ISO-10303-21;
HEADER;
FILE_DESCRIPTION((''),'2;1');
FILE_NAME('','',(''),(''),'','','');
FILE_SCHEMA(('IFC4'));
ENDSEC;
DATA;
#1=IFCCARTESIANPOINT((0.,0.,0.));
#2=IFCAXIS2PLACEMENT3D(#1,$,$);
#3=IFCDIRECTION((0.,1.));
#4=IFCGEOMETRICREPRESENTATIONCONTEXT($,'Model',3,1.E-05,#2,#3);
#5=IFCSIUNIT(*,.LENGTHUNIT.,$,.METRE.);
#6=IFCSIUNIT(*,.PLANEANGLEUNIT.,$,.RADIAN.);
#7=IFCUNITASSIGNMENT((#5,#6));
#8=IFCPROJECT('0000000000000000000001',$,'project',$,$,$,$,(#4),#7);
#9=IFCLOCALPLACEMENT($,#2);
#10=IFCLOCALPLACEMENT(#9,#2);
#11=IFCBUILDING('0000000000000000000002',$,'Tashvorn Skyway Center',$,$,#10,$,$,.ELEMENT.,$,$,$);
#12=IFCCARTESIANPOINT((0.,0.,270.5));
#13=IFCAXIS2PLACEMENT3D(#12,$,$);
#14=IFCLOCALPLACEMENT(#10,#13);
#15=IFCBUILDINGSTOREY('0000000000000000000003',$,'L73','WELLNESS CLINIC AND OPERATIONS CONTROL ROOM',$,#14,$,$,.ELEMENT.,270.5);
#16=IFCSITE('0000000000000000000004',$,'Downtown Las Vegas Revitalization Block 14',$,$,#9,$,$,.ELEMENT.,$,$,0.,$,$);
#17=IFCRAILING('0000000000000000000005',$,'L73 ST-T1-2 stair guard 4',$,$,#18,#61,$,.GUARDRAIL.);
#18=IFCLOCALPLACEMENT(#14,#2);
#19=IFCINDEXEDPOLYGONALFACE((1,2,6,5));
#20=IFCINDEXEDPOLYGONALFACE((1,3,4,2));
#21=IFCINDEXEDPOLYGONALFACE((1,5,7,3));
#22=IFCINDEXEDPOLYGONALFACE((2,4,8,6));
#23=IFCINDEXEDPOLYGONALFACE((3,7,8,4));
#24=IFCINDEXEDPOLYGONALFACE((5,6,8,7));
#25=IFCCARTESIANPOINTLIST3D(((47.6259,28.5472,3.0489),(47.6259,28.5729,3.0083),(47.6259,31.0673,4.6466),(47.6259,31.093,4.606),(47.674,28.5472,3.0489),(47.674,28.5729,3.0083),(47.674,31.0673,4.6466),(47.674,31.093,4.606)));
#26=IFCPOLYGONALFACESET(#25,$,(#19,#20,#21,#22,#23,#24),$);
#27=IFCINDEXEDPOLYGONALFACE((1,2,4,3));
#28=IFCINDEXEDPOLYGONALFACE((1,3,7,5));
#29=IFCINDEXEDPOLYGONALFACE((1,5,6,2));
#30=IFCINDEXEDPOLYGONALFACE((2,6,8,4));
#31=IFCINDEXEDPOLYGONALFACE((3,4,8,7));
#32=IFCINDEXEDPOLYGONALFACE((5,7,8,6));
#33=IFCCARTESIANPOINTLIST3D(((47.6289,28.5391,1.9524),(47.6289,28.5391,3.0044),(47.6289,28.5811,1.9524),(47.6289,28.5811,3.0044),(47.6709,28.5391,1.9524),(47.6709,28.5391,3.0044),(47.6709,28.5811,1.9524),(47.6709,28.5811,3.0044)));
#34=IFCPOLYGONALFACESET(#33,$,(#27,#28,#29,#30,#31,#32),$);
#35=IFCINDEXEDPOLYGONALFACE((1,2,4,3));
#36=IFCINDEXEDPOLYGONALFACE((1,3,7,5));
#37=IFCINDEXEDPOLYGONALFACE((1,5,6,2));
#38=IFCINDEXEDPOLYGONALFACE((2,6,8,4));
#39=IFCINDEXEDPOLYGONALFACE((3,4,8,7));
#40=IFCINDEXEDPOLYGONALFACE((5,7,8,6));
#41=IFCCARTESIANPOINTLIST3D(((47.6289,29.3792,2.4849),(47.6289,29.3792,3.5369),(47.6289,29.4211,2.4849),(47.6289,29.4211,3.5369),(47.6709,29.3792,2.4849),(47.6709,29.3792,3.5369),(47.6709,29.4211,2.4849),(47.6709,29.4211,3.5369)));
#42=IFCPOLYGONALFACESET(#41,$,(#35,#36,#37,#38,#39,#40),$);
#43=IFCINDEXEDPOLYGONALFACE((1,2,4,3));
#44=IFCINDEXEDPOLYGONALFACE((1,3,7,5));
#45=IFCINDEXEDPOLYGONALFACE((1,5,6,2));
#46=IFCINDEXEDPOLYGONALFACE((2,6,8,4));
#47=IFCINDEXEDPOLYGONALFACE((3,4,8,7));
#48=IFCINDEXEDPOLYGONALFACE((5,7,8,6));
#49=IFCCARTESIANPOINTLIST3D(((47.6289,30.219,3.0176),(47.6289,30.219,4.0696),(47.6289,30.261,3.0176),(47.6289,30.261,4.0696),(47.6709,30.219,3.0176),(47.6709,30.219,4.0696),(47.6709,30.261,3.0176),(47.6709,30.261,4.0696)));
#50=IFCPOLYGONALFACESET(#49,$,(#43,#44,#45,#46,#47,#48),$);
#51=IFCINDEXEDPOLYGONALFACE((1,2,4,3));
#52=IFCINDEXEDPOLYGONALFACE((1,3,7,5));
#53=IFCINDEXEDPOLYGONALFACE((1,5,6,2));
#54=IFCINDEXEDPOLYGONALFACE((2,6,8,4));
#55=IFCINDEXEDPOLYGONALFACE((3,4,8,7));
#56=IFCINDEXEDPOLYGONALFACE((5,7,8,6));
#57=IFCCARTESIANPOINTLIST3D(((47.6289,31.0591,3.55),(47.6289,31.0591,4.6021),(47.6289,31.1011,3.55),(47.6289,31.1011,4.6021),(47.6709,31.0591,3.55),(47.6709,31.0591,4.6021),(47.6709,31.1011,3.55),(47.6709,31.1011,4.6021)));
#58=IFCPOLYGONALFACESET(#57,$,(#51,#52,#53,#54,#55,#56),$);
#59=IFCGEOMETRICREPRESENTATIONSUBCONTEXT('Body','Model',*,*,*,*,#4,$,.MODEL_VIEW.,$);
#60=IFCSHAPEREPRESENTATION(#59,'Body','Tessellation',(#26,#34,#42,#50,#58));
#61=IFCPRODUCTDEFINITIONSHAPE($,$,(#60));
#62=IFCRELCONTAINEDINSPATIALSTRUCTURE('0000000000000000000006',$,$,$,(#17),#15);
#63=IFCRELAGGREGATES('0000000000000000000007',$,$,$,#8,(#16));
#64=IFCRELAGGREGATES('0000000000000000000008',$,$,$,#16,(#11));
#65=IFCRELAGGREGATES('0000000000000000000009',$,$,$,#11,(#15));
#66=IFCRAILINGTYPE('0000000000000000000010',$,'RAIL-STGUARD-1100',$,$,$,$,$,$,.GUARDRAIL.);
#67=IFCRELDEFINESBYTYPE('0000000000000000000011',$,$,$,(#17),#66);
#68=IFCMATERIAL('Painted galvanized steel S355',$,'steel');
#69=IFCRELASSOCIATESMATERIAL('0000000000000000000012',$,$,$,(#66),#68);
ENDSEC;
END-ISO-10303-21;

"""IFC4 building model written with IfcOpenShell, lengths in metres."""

from ifc_helpers import new_model, si_unit, direction, frame, origin, origin_2d, place, context, subcontext, project, spatial, rectangle, extrude, material, type_object, element, save


model = new_model("IFC4")

# Units and contexts
model_context = context("Model", 3, precision=1e-05, world=origin(), true_north=direction((0.0, 1.0)))
body_context = subcontext(model_context, "Body", "Model", "MODEL_VIEW")
ifc_project = project(units=[si_unit("LENGTHUNIT", "METRE"), si_unit("PLANEANGLEUNIT", "RADIAN")], contexts=[model_context])

# Site, building, storey
site_placement = place(None, origin())
site = spatial("IfcSite", under=ifc_project, at=site_placement, Name="Downtown Las Vegas Revitalization Block 14", CompositionType="ELEMENT", RefElevation=0.0)
building_placement = place(site_placement, origin())
building = spatial("IfcBuilding", under=site, at=building_placement, Name="Tashvorn Skyway Center", CompositionType="ELEMENT")
storey_placement = place(building_placement, frame((0.0, 0.0, 270.5)))
storey = spatial("IfcBuildingStorey", under=building, at=storey_placement, Name="L73", Description="WELLNESS CLINIC AND OPERATIONS CONTROL ROOM", CompositionType="ELEMENT", Elevation=270.5)

# Railing
ifc_material_1 = material(Name="Painted galvanized steel S355", Category="steel")
railing_type_1 = type_object("IfcRailingType", Name="RAIL-STGUARD-1100", PredefinedType="GUARDRAIL", material=ifc_material_1)
railing_1_placement = place(storey_placement, frame((47.6499, 28.5601, 1.9524)))
element("IfcRailing", 1, at=railing_1_placement, inside=storey, type_object=railing_type_1, Name="L73 ST-T1-2 stair guard 4", PredefinedType="GUARDRAIL", context=body_context, shape_type="SweptSolid", body=[
    extrude(rectangle(XDim=0.0481, YDim=0.0481, at=origin_2d()), frame((0.0, 0.0, 1.0762), z_axis=(0.0, 0.84457, 0.535445), x_axis=(-1.0, 0.0, 0.0)), (0.0, 0.0, 1.0), 2.9839),
    extrude(rectangle(XDim=0.042, YDim=0.042, at=origin_2d()), origin(), (0.0, 0.0, 1.0), 1.052),
    extrude(rectangle(XDim=0.042, YDim=0.042, at=origin_2d()), frame((0.0, 0.8401, 0.5325)), (0.0, 0.0, 1.0), 1.052),
    extrude(rectangle(XDim=0.042, YDim=0.042, at=origin_2d()), frame((0.0, 1.6799, 1.0652)), (0.0, 0.0, 1.0), 1.052),
    extrude(rectangle(XDim=0.042, YDim=0.042, at=origin_2d()), frame((0.0, 2.52, 1.5977)), (0.0, 0.0, 1.0), 1.052),
])

save(model, "model.ifc")
